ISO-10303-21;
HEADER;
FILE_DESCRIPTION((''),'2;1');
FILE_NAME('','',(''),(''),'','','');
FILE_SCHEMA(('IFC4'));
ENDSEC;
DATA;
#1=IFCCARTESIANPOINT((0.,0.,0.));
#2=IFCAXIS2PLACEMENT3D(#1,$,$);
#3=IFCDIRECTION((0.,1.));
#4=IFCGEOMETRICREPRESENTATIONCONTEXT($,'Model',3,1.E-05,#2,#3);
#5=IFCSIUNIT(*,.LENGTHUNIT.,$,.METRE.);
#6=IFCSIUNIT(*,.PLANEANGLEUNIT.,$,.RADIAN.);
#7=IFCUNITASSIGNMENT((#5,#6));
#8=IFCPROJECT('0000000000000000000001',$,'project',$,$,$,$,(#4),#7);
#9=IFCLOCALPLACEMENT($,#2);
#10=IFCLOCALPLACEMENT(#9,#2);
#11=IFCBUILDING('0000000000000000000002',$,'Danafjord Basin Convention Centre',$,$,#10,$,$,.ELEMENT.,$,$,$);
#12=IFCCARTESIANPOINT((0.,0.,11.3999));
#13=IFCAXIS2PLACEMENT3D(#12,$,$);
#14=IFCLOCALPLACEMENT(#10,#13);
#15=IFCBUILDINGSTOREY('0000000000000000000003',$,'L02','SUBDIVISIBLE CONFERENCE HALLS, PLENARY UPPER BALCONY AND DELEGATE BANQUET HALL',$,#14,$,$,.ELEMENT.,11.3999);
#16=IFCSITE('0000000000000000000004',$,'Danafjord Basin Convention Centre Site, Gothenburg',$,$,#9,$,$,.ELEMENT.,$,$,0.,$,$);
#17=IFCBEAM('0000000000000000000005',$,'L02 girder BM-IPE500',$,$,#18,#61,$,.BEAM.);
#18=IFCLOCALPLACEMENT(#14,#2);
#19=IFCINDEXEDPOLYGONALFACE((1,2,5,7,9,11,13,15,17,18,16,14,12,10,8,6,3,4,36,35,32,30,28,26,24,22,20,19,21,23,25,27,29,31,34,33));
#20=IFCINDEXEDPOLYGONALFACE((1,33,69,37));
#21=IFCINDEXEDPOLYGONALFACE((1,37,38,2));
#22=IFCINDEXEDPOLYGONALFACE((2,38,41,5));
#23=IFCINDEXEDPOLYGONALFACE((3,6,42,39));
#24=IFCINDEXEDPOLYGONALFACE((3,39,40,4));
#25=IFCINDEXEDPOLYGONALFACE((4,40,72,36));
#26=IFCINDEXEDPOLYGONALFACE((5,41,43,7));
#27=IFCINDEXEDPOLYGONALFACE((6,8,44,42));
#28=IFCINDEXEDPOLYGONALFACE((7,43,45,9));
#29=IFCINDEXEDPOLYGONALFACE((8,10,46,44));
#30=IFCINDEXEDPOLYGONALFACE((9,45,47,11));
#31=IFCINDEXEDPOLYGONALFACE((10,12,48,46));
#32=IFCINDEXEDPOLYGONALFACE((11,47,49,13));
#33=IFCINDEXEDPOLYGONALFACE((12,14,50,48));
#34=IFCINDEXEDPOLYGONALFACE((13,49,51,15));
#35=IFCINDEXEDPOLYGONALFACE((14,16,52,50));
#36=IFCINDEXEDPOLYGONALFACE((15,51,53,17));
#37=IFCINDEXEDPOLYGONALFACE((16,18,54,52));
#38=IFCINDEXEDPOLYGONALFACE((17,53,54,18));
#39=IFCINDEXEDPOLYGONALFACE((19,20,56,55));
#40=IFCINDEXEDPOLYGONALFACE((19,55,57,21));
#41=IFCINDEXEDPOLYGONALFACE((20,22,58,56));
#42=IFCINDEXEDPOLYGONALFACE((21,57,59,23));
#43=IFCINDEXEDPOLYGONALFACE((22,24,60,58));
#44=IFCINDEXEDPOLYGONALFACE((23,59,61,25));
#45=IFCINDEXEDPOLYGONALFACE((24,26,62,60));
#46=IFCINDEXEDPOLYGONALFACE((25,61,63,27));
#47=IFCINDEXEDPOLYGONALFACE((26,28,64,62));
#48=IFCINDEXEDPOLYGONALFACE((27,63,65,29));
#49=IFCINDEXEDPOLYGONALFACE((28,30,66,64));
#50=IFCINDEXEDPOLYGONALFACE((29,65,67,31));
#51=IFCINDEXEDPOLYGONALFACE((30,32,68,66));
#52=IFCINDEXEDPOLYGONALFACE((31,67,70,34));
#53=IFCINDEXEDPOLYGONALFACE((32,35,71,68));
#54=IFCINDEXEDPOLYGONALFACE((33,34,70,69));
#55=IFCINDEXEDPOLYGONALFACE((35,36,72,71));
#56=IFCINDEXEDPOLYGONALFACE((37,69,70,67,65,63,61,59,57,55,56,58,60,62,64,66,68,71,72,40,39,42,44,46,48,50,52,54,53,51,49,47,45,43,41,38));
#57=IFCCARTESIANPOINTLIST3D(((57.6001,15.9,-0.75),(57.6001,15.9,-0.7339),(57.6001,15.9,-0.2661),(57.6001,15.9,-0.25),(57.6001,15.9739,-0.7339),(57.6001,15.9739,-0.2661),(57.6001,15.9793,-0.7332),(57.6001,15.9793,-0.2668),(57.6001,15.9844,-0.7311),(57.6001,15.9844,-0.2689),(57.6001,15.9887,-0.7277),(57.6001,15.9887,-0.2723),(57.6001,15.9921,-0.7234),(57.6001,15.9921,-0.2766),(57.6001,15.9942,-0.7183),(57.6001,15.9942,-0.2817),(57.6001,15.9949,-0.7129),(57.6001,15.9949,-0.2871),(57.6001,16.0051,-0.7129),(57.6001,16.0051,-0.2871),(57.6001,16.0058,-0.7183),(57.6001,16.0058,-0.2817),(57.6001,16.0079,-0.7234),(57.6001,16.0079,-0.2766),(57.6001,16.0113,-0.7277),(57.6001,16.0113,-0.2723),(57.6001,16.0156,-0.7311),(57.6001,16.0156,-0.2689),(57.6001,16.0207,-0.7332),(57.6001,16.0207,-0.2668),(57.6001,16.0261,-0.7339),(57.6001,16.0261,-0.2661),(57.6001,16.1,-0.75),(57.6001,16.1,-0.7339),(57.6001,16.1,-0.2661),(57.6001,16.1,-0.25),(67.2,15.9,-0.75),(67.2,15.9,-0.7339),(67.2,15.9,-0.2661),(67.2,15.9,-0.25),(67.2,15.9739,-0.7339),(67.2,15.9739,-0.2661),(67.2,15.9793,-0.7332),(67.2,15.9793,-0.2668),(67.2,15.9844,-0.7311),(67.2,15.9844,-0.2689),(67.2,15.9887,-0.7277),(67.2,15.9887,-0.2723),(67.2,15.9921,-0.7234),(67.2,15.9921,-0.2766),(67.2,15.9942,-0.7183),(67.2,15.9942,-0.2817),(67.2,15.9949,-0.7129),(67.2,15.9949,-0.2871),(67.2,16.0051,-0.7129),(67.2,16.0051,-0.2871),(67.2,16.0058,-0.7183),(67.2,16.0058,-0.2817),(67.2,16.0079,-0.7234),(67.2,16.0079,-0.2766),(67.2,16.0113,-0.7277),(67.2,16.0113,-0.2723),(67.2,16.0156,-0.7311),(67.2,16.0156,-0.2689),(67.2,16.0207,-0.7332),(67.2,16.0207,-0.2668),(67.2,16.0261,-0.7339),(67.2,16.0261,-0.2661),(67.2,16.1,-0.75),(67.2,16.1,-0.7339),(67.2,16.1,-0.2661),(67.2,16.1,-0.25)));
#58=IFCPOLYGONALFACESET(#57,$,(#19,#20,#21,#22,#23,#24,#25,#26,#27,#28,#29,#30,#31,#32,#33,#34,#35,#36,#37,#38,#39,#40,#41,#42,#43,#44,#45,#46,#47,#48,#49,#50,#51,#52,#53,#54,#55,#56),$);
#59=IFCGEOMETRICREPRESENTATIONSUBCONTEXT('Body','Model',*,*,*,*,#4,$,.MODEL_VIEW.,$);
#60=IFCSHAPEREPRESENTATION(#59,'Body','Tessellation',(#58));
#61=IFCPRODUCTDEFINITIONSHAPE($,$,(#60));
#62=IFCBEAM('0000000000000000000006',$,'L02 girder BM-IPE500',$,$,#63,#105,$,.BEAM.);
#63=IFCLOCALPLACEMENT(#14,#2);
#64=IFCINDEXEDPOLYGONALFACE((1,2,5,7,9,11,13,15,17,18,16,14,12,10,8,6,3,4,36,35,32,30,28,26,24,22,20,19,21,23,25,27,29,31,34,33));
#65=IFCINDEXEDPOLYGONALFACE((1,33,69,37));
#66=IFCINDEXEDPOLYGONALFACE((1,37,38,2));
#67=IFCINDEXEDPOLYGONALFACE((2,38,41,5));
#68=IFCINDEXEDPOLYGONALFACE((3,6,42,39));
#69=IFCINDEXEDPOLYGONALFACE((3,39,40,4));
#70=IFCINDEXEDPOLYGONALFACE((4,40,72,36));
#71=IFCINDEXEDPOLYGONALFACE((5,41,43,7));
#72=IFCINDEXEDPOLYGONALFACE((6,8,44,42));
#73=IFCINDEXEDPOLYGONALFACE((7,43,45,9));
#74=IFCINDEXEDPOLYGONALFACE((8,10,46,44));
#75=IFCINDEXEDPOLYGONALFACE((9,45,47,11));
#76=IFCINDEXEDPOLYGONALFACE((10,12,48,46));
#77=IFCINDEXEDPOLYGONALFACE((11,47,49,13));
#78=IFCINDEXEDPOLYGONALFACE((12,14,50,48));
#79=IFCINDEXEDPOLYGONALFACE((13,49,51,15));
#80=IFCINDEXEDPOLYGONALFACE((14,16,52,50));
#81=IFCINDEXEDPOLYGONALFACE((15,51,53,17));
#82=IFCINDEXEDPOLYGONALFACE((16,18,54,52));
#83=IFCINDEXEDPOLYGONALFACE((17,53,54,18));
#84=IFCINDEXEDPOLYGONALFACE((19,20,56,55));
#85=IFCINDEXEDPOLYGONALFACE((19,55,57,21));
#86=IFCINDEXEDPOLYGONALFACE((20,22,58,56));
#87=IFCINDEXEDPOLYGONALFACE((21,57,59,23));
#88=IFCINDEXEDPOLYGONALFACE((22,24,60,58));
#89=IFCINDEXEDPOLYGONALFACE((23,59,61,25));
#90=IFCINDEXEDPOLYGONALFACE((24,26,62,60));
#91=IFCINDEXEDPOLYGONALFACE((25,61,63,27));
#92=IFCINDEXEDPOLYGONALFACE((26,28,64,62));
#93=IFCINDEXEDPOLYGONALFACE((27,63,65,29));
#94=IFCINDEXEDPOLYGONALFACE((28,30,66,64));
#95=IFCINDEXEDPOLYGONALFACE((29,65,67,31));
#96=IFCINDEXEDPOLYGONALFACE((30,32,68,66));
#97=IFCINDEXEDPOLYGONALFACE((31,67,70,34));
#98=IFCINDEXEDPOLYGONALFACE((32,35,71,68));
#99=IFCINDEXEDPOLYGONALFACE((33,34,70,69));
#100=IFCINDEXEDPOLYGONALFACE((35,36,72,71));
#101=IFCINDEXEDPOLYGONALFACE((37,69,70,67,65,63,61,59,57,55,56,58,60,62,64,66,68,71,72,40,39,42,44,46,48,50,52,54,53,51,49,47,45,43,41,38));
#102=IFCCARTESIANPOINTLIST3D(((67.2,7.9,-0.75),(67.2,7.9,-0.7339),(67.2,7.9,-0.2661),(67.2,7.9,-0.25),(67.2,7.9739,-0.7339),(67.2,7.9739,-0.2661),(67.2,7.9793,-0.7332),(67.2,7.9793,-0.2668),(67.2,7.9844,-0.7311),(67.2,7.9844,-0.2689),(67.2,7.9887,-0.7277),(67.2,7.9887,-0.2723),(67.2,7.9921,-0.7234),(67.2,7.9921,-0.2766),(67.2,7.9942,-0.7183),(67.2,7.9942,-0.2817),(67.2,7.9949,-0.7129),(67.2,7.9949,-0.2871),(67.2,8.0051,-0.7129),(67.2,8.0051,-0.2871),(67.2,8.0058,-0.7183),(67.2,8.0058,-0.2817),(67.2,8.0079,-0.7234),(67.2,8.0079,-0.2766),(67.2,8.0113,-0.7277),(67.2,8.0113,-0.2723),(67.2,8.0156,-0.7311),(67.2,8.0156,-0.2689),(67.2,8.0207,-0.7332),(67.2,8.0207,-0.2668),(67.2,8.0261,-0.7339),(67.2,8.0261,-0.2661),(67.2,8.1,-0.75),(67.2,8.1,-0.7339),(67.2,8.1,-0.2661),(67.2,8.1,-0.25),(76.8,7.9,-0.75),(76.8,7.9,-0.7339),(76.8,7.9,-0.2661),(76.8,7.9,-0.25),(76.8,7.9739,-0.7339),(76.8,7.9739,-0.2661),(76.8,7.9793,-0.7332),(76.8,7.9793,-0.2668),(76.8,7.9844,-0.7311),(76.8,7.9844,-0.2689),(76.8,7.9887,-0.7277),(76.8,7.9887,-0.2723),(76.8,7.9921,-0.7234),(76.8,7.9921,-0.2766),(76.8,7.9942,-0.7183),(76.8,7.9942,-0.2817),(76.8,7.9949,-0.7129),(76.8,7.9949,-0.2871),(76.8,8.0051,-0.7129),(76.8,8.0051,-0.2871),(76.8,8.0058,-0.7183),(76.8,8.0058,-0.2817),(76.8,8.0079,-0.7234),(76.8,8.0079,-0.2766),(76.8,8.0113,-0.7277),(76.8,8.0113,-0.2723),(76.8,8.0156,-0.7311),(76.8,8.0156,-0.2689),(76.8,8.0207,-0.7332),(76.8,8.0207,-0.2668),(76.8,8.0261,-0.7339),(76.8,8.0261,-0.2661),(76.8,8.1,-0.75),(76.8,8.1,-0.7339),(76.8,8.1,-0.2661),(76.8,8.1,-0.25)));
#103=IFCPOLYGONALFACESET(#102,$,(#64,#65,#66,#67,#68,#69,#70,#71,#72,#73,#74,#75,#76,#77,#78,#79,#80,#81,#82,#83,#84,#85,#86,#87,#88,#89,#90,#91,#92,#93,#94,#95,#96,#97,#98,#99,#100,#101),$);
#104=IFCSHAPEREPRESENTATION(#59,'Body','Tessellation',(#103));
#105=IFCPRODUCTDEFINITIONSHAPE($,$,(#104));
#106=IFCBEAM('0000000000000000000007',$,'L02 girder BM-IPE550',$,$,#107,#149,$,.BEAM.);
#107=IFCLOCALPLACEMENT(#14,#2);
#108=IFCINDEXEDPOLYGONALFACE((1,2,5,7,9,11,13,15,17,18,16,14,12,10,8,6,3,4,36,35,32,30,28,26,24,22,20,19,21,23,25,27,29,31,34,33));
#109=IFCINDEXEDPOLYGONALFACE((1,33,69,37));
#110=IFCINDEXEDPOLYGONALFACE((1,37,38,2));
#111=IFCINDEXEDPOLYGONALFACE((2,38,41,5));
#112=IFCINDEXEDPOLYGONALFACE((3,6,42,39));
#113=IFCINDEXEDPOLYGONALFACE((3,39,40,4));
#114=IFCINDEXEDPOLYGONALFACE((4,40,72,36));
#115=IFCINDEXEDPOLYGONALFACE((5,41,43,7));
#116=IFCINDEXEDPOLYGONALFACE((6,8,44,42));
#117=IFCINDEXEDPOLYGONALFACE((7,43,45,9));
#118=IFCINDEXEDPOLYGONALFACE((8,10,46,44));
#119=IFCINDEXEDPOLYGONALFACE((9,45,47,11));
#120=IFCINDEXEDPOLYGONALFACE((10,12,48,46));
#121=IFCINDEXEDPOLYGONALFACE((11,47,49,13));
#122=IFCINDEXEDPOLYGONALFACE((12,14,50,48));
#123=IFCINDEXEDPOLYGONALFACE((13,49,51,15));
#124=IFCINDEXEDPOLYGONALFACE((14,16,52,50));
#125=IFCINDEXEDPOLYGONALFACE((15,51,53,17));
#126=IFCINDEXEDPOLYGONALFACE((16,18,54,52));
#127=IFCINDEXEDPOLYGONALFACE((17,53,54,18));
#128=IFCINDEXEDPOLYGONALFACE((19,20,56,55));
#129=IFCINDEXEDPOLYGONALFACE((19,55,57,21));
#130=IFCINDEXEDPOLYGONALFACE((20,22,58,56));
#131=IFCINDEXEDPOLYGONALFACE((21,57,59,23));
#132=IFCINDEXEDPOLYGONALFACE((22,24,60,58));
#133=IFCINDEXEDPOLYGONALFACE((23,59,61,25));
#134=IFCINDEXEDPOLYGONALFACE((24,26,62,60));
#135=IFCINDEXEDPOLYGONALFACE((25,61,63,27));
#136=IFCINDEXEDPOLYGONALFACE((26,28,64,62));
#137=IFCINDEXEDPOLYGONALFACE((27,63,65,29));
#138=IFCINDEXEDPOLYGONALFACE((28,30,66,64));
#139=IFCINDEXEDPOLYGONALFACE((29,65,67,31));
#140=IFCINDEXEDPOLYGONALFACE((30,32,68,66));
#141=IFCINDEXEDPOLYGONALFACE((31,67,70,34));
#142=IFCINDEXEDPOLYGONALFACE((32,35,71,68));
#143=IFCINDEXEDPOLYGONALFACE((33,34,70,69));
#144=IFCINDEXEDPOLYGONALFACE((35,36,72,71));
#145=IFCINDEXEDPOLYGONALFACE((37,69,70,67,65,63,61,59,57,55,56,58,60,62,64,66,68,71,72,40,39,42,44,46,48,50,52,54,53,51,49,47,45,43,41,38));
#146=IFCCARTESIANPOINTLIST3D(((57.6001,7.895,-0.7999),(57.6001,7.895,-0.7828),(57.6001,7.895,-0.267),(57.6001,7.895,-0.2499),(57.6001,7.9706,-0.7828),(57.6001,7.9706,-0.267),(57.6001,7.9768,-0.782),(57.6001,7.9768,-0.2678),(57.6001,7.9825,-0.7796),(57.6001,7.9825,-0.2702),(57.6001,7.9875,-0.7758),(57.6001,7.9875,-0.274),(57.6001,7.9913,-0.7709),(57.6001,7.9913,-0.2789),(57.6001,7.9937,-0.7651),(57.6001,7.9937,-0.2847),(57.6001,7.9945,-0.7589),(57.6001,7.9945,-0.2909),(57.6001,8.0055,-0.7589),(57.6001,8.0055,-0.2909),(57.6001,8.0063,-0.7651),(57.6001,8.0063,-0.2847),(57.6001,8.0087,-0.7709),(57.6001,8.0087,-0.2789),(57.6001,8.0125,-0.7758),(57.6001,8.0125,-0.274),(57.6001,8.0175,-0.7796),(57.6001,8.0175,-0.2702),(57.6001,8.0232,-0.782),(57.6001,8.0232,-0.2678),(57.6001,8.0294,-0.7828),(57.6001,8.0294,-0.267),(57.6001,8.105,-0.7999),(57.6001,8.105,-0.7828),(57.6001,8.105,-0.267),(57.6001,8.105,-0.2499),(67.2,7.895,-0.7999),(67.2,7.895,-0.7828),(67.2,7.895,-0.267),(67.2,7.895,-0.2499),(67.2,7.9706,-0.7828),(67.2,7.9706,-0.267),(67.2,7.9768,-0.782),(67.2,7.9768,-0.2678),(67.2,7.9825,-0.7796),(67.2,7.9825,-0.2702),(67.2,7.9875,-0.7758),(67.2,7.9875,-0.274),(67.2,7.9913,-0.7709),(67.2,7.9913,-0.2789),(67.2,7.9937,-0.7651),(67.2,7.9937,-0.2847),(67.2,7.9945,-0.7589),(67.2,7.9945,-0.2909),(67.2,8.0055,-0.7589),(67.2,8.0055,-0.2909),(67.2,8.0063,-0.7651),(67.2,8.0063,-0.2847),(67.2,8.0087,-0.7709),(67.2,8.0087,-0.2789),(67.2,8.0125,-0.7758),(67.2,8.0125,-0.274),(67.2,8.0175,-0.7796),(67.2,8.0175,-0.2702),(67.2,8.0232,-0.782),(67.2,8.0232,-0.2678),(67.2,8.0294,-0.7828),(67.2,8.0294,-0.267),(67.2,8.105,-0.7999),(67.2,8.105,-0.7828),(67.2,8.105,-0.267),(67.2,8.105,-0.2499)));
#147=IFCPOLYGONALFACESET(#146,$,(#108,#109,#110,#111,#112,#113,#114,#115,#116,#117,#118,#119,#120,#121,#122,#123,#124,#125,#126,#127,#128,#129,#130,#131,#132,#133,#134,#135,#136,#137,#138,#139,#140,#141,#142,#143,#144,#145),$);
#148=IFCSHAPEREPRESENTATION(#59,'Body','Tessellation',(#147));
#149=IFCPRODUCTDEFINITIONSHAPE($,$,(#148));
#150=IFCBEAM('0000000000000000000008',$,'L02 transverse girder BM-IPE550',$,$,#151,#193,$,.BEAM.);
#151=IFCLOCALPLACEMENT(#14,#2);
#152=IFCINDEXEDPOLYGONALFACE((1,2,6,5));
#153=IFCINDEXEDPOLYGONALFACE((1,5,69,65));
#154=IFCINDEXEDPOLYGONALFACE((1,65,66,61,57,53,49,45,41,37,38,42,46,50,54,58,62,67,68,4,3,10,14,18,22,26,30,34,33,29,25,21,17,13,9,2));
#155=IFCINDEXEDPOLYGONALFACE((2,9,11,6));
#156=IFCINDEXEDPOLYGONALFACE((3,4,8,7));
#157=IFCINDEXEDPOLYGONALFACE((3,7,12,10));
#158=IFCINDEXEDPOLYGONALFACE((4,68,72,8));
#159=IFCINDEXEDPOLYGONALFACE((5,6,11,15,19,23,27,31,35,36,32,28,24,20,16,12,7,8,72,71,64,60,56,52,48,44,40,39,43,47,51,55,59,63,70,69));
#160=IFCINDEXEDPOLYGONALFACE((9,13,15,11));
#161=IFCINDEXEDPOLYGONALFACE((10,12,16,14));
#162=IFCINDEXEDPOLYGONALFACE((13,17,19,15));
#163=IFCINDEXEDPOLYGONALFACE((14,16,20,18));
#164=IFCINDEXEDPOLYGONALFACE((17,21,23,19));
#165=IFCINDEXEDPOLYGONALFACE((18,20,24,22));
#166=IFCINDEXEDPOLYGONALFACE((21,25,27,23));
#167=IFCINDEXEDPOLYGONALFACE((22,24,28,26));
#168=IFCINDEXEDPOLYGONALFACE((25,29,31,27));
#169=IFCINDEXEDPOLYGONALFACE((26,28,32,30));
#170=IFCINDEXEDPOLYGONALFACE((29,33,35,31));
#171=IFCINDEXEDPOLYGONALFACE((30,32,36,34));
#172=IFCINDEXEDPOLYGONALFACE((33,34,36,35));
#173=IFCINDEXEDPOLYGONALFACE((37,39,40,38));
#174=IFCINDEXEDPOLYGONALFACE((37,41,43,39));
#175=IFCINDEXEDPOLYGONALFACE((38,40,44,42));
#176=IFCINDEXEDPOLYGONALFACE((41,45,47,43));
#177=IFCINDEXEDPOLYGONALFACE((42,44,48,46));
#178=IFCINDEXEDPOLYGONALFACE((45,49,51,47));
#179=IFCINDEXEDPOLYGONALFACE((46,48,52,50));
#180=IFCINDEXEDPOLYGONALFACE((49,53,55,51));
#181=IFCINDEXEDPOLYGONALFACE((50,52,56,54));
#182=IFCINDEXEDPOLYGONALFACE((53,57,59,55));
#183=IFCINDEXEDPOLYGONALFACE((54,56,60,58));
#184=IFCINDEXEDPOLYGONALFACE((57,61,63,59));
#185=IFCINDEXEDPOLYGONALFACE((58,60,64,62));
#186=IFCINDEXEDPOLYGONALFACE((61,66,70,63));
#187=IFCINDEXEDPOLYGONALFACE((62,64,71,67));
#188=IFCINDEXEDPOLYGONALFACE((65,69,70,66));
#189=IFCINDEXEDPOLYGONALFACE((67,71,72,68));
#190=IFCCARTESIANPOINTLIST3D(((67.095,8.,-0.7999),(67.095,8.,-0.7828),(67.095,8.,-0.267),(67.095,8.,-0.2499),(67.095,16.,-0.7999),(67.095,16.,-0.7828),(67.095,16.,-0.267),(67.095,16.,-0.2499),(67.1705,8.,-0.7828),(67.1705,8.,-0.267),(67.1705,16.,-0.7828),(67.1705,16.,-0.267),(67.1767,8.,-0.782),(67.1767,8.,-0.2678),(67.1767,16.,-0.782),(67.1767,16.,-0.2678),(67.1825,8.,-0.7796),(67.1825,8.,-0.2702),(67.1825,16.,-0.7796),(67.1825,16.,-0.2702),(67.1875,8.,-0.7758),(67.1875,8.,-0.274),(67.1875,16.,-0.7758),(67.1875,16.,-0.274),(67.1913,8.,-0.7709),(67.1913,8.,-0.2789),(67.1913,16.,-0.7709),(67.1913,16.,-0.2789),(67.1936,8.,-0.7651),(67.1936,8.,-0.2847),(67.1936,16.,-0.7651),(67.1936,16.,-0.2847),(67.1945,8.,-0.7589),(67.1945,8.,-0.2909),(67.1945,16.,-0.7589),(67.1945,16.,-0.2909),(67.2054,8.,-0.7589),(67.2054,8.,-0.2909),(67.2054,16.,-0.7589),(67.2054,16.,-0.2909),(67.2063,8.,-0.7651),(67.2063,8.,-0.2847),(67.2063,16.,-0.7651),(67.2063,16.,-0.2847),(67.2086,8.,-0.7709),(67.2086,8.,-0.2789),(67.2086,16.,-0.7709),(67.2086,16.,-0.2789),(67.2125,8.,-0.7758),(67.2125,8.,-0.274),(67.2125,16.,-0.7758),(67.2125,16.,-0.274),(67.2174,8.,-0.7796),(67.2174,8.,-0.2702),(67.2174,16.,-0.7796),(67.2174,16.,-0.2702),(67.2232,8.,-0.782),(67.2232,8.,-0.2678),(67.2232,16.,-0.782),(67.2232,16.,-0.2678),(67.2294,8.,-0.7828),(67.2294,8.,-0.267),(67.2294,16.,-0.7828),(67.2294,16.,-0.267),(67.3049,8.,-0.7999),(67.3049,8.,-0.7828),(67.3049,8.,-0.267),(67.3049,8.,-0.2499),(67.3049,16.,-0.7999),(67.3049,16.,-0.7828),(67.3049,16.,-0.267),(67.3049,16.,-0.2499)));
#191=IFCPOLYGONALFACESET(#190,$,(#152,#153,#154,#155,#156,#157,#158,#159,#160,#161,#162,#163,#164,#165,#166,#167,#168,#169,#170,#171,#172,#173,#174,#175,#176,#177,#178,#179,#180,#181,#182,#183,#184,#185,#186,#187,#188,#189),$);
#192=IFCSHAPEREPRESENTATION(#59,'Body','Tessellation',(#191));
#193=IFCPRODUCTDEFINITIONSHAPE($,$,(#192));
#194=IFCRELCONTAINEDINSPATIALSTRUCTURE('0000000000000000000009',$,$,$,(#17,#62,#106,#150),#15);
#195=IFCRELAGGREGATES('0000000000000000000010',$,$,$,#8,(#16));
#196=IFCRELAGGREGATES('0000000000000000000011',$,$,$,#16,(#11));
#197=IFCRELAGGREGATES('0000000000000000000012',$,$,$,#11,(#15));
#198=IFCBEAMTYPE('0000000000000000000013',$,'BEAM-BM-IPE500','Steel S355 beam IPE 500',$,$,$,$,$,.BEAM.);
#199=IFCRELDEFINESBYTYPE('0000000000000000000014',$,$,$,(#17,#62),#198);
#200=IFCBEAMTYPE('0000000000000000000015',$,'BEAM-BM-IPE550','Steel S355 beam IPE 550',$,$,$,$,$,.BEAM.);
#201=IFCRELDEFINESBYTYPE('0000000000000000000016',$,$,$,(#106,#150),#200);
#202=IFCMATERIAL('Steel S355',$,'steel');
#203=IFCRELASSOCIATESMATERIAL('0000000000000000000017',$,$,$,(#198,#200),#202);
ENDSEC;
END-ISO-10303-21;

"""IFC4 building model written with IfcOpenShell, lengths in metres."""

from ifc_helpers import new_model, si_unit, direction, frame, origin, origin_2d, place, context, subcontext, project, spatial, i_section, extrude, material, material_profile, profile_set, type_object, element, save


model = new_model("IFC4")

# Units and contexts
model_context = context("Model", 3, precision=1e-05, world=origin(), true_north=direction((0.0, 1.0)))
body_context = subcontext(model_context, "Body", "Model", "MODEL_VIEW")
ifc_project = project(units=[si_unit("LENGTHUNIT", "METRE"), si_unit("PLANEANGLEUNIT", "RADIAN")], contexts=[model_context])

# Site, building, storey
site_placement = place(None, origin())
site = spatial("IfcSite", under=ifc_project, at=site_placement, Name="Danafjord Basin Convention Centre Site, Gothenburg", CompositionType="ELEMENT", RefElevation=0.0)
building_placement = place(site_placement, origin())
building = spatial("IfcBuilding", under=site, at=building_placement, Name="Danafjord Basin Convention Centre", CompositionType="ELEMENT")
storey_placement = place(building_placement, frame((0.0, 0.0, 11.3999)))
storey = spatial("IfcBuildingStorey", under=building, at=storey_placement, Name="L02", Description="SUBDIVISIBLE CONFERENCE HALLS, PLENARY UPPER BALCONY AND DELEGATE BANQUET HALL", CompositionType="ELEMENT", Elevation=11.3999)

# Shared definitions
ifc_material_1 = material(Name="Steel S355", Category="steel")

# Beams
ifc_material_profile_1 = material_profile(ifc_material_1, i_section(OverallWidth=0.2, OverallDepth=0.5, WebThickness=0.0103, FlangeThickness=0.0161, FilletRadius=0.021, at=origin_2d()), Name="IPE 500")
ifc_profile_set_1 = profile_set([ifc_material_profile_1], Name="Steel S355")
beam_type_1 = type_object("IfcBeamType", Name="BEAM-BM-IPE500", Description="Steel S355 beam IPE 500", PredefinedType="BEAM", material=ifc_profile_set_1)
beam_1_placement = place(storey_placement, frame((57.6001, 16.0, -0.5), z_axis=(1.0, 0.0, 0.0), x_axis=(0.0, 1.0, 0.0)))
element("IfcBeam", 1, at=beam_1_placement, inside=storey, type_object=beam_type_1, Name="L02 girder BM-IPE500", PredefinedType="BEAM", context=body_context, shape_type="SweptSolid", body=[
    extrude(i_section(OverallWidth=0.2, OverallDepth=0.5, WebThickness=0.0103, FlangeThickness=0.0161, FilletRadius=0.021, at=origin_2d()), origin(), (0.0, 0.0, 1.0), 9.5999),
])
beam_2_placement = place(storey_placement, frame((67.2, 8.0, -0.5), z_axis=(1.0, 0.0, 0.0), x_axis=(0.0, 1.0, 0.0)))
element("IfcBeam", 2, at=beam_2_placement, inside=storey, type_object=beam_type_1, Name="L02 girder BM-IPE500", PredefinedType="BEAM", context=body_context, shape_type="SweptSolid", body=[
    extrude(i_section(OverallWidth=0.2, OverallDepth=0.5, WebThickness=0.0103, FlangeThickness=0.0161, FilletRadius=0.021, at=origin_2d()), origin(), (0.0, 0.0, 1.0), 9.6001),
])
ifc_material_profile_2 = material_profile(ifc_material_1, i_section(OverallWidth=0.21, OverallDepth=0.55, WebThickness=0.011, FlangeThickness=0.0171, FilletRadius=0.0239, at=origin_2d()), Name="IPE 550")
ifc_profile_set_2 = profile_set([ifc_material_profile_2], Name="Steel S355")
beam_type_2 = type_object("IfcBeamType", Name="BEAM-BM-IPE550", Description="Steel S355 beam IPE 550", PredefinedType="BEAM", material=ifc_profile_set_2)
beam_3_placement = place(storey_placement, frame((57.6001, 8.0, -0.5249), z_axis=(1.0, 0.0, 0.0), x_axis=(0.0, 1.0, 0.0)))
element("IfcBeam", 3, at=beam_3_placement, inside=storey, type_object=beam_type_2, Name="L02 girder BM-IPE550", PredefinedType="BEAM", context=body_context, shape_type="SweptSolid", body=[
    extrude(i_section(OverallWidth=0.21, OverallDepth=0.55, WebThickness=0.011, FlangeThickness=0.0171, FilletRadius=0.0239, at=origin_2d()), origin(), (0.0, 0.0, 1.0), 9.5999),
])
beam_4_placement = place(storey_placement, frame((67.2, 8.0, -0.5249), z_axis=(0.0, 1.0, 0.0), x_axis=(-1.0, 0.0, 0.0)))
element("IfcBeam", 4, at=beam_4_placement, inside=storey, type_object=beam_type_2, Name="L02 transverse girder BM-IPE550", PredefinedType="BEAM", context=body_context, shape_type="SweptSolid", body=[
    extrude(i_section(OverallWidth=0.21, OverallDepth=0.55, WebThickness=0.011, FlangeThickness=0.0171, FilletRadius=0.0239, at=origin_2d()), origin(), (0.0, 0.0, 1.0), 8.0),
])

save(model, "model.ifc")
